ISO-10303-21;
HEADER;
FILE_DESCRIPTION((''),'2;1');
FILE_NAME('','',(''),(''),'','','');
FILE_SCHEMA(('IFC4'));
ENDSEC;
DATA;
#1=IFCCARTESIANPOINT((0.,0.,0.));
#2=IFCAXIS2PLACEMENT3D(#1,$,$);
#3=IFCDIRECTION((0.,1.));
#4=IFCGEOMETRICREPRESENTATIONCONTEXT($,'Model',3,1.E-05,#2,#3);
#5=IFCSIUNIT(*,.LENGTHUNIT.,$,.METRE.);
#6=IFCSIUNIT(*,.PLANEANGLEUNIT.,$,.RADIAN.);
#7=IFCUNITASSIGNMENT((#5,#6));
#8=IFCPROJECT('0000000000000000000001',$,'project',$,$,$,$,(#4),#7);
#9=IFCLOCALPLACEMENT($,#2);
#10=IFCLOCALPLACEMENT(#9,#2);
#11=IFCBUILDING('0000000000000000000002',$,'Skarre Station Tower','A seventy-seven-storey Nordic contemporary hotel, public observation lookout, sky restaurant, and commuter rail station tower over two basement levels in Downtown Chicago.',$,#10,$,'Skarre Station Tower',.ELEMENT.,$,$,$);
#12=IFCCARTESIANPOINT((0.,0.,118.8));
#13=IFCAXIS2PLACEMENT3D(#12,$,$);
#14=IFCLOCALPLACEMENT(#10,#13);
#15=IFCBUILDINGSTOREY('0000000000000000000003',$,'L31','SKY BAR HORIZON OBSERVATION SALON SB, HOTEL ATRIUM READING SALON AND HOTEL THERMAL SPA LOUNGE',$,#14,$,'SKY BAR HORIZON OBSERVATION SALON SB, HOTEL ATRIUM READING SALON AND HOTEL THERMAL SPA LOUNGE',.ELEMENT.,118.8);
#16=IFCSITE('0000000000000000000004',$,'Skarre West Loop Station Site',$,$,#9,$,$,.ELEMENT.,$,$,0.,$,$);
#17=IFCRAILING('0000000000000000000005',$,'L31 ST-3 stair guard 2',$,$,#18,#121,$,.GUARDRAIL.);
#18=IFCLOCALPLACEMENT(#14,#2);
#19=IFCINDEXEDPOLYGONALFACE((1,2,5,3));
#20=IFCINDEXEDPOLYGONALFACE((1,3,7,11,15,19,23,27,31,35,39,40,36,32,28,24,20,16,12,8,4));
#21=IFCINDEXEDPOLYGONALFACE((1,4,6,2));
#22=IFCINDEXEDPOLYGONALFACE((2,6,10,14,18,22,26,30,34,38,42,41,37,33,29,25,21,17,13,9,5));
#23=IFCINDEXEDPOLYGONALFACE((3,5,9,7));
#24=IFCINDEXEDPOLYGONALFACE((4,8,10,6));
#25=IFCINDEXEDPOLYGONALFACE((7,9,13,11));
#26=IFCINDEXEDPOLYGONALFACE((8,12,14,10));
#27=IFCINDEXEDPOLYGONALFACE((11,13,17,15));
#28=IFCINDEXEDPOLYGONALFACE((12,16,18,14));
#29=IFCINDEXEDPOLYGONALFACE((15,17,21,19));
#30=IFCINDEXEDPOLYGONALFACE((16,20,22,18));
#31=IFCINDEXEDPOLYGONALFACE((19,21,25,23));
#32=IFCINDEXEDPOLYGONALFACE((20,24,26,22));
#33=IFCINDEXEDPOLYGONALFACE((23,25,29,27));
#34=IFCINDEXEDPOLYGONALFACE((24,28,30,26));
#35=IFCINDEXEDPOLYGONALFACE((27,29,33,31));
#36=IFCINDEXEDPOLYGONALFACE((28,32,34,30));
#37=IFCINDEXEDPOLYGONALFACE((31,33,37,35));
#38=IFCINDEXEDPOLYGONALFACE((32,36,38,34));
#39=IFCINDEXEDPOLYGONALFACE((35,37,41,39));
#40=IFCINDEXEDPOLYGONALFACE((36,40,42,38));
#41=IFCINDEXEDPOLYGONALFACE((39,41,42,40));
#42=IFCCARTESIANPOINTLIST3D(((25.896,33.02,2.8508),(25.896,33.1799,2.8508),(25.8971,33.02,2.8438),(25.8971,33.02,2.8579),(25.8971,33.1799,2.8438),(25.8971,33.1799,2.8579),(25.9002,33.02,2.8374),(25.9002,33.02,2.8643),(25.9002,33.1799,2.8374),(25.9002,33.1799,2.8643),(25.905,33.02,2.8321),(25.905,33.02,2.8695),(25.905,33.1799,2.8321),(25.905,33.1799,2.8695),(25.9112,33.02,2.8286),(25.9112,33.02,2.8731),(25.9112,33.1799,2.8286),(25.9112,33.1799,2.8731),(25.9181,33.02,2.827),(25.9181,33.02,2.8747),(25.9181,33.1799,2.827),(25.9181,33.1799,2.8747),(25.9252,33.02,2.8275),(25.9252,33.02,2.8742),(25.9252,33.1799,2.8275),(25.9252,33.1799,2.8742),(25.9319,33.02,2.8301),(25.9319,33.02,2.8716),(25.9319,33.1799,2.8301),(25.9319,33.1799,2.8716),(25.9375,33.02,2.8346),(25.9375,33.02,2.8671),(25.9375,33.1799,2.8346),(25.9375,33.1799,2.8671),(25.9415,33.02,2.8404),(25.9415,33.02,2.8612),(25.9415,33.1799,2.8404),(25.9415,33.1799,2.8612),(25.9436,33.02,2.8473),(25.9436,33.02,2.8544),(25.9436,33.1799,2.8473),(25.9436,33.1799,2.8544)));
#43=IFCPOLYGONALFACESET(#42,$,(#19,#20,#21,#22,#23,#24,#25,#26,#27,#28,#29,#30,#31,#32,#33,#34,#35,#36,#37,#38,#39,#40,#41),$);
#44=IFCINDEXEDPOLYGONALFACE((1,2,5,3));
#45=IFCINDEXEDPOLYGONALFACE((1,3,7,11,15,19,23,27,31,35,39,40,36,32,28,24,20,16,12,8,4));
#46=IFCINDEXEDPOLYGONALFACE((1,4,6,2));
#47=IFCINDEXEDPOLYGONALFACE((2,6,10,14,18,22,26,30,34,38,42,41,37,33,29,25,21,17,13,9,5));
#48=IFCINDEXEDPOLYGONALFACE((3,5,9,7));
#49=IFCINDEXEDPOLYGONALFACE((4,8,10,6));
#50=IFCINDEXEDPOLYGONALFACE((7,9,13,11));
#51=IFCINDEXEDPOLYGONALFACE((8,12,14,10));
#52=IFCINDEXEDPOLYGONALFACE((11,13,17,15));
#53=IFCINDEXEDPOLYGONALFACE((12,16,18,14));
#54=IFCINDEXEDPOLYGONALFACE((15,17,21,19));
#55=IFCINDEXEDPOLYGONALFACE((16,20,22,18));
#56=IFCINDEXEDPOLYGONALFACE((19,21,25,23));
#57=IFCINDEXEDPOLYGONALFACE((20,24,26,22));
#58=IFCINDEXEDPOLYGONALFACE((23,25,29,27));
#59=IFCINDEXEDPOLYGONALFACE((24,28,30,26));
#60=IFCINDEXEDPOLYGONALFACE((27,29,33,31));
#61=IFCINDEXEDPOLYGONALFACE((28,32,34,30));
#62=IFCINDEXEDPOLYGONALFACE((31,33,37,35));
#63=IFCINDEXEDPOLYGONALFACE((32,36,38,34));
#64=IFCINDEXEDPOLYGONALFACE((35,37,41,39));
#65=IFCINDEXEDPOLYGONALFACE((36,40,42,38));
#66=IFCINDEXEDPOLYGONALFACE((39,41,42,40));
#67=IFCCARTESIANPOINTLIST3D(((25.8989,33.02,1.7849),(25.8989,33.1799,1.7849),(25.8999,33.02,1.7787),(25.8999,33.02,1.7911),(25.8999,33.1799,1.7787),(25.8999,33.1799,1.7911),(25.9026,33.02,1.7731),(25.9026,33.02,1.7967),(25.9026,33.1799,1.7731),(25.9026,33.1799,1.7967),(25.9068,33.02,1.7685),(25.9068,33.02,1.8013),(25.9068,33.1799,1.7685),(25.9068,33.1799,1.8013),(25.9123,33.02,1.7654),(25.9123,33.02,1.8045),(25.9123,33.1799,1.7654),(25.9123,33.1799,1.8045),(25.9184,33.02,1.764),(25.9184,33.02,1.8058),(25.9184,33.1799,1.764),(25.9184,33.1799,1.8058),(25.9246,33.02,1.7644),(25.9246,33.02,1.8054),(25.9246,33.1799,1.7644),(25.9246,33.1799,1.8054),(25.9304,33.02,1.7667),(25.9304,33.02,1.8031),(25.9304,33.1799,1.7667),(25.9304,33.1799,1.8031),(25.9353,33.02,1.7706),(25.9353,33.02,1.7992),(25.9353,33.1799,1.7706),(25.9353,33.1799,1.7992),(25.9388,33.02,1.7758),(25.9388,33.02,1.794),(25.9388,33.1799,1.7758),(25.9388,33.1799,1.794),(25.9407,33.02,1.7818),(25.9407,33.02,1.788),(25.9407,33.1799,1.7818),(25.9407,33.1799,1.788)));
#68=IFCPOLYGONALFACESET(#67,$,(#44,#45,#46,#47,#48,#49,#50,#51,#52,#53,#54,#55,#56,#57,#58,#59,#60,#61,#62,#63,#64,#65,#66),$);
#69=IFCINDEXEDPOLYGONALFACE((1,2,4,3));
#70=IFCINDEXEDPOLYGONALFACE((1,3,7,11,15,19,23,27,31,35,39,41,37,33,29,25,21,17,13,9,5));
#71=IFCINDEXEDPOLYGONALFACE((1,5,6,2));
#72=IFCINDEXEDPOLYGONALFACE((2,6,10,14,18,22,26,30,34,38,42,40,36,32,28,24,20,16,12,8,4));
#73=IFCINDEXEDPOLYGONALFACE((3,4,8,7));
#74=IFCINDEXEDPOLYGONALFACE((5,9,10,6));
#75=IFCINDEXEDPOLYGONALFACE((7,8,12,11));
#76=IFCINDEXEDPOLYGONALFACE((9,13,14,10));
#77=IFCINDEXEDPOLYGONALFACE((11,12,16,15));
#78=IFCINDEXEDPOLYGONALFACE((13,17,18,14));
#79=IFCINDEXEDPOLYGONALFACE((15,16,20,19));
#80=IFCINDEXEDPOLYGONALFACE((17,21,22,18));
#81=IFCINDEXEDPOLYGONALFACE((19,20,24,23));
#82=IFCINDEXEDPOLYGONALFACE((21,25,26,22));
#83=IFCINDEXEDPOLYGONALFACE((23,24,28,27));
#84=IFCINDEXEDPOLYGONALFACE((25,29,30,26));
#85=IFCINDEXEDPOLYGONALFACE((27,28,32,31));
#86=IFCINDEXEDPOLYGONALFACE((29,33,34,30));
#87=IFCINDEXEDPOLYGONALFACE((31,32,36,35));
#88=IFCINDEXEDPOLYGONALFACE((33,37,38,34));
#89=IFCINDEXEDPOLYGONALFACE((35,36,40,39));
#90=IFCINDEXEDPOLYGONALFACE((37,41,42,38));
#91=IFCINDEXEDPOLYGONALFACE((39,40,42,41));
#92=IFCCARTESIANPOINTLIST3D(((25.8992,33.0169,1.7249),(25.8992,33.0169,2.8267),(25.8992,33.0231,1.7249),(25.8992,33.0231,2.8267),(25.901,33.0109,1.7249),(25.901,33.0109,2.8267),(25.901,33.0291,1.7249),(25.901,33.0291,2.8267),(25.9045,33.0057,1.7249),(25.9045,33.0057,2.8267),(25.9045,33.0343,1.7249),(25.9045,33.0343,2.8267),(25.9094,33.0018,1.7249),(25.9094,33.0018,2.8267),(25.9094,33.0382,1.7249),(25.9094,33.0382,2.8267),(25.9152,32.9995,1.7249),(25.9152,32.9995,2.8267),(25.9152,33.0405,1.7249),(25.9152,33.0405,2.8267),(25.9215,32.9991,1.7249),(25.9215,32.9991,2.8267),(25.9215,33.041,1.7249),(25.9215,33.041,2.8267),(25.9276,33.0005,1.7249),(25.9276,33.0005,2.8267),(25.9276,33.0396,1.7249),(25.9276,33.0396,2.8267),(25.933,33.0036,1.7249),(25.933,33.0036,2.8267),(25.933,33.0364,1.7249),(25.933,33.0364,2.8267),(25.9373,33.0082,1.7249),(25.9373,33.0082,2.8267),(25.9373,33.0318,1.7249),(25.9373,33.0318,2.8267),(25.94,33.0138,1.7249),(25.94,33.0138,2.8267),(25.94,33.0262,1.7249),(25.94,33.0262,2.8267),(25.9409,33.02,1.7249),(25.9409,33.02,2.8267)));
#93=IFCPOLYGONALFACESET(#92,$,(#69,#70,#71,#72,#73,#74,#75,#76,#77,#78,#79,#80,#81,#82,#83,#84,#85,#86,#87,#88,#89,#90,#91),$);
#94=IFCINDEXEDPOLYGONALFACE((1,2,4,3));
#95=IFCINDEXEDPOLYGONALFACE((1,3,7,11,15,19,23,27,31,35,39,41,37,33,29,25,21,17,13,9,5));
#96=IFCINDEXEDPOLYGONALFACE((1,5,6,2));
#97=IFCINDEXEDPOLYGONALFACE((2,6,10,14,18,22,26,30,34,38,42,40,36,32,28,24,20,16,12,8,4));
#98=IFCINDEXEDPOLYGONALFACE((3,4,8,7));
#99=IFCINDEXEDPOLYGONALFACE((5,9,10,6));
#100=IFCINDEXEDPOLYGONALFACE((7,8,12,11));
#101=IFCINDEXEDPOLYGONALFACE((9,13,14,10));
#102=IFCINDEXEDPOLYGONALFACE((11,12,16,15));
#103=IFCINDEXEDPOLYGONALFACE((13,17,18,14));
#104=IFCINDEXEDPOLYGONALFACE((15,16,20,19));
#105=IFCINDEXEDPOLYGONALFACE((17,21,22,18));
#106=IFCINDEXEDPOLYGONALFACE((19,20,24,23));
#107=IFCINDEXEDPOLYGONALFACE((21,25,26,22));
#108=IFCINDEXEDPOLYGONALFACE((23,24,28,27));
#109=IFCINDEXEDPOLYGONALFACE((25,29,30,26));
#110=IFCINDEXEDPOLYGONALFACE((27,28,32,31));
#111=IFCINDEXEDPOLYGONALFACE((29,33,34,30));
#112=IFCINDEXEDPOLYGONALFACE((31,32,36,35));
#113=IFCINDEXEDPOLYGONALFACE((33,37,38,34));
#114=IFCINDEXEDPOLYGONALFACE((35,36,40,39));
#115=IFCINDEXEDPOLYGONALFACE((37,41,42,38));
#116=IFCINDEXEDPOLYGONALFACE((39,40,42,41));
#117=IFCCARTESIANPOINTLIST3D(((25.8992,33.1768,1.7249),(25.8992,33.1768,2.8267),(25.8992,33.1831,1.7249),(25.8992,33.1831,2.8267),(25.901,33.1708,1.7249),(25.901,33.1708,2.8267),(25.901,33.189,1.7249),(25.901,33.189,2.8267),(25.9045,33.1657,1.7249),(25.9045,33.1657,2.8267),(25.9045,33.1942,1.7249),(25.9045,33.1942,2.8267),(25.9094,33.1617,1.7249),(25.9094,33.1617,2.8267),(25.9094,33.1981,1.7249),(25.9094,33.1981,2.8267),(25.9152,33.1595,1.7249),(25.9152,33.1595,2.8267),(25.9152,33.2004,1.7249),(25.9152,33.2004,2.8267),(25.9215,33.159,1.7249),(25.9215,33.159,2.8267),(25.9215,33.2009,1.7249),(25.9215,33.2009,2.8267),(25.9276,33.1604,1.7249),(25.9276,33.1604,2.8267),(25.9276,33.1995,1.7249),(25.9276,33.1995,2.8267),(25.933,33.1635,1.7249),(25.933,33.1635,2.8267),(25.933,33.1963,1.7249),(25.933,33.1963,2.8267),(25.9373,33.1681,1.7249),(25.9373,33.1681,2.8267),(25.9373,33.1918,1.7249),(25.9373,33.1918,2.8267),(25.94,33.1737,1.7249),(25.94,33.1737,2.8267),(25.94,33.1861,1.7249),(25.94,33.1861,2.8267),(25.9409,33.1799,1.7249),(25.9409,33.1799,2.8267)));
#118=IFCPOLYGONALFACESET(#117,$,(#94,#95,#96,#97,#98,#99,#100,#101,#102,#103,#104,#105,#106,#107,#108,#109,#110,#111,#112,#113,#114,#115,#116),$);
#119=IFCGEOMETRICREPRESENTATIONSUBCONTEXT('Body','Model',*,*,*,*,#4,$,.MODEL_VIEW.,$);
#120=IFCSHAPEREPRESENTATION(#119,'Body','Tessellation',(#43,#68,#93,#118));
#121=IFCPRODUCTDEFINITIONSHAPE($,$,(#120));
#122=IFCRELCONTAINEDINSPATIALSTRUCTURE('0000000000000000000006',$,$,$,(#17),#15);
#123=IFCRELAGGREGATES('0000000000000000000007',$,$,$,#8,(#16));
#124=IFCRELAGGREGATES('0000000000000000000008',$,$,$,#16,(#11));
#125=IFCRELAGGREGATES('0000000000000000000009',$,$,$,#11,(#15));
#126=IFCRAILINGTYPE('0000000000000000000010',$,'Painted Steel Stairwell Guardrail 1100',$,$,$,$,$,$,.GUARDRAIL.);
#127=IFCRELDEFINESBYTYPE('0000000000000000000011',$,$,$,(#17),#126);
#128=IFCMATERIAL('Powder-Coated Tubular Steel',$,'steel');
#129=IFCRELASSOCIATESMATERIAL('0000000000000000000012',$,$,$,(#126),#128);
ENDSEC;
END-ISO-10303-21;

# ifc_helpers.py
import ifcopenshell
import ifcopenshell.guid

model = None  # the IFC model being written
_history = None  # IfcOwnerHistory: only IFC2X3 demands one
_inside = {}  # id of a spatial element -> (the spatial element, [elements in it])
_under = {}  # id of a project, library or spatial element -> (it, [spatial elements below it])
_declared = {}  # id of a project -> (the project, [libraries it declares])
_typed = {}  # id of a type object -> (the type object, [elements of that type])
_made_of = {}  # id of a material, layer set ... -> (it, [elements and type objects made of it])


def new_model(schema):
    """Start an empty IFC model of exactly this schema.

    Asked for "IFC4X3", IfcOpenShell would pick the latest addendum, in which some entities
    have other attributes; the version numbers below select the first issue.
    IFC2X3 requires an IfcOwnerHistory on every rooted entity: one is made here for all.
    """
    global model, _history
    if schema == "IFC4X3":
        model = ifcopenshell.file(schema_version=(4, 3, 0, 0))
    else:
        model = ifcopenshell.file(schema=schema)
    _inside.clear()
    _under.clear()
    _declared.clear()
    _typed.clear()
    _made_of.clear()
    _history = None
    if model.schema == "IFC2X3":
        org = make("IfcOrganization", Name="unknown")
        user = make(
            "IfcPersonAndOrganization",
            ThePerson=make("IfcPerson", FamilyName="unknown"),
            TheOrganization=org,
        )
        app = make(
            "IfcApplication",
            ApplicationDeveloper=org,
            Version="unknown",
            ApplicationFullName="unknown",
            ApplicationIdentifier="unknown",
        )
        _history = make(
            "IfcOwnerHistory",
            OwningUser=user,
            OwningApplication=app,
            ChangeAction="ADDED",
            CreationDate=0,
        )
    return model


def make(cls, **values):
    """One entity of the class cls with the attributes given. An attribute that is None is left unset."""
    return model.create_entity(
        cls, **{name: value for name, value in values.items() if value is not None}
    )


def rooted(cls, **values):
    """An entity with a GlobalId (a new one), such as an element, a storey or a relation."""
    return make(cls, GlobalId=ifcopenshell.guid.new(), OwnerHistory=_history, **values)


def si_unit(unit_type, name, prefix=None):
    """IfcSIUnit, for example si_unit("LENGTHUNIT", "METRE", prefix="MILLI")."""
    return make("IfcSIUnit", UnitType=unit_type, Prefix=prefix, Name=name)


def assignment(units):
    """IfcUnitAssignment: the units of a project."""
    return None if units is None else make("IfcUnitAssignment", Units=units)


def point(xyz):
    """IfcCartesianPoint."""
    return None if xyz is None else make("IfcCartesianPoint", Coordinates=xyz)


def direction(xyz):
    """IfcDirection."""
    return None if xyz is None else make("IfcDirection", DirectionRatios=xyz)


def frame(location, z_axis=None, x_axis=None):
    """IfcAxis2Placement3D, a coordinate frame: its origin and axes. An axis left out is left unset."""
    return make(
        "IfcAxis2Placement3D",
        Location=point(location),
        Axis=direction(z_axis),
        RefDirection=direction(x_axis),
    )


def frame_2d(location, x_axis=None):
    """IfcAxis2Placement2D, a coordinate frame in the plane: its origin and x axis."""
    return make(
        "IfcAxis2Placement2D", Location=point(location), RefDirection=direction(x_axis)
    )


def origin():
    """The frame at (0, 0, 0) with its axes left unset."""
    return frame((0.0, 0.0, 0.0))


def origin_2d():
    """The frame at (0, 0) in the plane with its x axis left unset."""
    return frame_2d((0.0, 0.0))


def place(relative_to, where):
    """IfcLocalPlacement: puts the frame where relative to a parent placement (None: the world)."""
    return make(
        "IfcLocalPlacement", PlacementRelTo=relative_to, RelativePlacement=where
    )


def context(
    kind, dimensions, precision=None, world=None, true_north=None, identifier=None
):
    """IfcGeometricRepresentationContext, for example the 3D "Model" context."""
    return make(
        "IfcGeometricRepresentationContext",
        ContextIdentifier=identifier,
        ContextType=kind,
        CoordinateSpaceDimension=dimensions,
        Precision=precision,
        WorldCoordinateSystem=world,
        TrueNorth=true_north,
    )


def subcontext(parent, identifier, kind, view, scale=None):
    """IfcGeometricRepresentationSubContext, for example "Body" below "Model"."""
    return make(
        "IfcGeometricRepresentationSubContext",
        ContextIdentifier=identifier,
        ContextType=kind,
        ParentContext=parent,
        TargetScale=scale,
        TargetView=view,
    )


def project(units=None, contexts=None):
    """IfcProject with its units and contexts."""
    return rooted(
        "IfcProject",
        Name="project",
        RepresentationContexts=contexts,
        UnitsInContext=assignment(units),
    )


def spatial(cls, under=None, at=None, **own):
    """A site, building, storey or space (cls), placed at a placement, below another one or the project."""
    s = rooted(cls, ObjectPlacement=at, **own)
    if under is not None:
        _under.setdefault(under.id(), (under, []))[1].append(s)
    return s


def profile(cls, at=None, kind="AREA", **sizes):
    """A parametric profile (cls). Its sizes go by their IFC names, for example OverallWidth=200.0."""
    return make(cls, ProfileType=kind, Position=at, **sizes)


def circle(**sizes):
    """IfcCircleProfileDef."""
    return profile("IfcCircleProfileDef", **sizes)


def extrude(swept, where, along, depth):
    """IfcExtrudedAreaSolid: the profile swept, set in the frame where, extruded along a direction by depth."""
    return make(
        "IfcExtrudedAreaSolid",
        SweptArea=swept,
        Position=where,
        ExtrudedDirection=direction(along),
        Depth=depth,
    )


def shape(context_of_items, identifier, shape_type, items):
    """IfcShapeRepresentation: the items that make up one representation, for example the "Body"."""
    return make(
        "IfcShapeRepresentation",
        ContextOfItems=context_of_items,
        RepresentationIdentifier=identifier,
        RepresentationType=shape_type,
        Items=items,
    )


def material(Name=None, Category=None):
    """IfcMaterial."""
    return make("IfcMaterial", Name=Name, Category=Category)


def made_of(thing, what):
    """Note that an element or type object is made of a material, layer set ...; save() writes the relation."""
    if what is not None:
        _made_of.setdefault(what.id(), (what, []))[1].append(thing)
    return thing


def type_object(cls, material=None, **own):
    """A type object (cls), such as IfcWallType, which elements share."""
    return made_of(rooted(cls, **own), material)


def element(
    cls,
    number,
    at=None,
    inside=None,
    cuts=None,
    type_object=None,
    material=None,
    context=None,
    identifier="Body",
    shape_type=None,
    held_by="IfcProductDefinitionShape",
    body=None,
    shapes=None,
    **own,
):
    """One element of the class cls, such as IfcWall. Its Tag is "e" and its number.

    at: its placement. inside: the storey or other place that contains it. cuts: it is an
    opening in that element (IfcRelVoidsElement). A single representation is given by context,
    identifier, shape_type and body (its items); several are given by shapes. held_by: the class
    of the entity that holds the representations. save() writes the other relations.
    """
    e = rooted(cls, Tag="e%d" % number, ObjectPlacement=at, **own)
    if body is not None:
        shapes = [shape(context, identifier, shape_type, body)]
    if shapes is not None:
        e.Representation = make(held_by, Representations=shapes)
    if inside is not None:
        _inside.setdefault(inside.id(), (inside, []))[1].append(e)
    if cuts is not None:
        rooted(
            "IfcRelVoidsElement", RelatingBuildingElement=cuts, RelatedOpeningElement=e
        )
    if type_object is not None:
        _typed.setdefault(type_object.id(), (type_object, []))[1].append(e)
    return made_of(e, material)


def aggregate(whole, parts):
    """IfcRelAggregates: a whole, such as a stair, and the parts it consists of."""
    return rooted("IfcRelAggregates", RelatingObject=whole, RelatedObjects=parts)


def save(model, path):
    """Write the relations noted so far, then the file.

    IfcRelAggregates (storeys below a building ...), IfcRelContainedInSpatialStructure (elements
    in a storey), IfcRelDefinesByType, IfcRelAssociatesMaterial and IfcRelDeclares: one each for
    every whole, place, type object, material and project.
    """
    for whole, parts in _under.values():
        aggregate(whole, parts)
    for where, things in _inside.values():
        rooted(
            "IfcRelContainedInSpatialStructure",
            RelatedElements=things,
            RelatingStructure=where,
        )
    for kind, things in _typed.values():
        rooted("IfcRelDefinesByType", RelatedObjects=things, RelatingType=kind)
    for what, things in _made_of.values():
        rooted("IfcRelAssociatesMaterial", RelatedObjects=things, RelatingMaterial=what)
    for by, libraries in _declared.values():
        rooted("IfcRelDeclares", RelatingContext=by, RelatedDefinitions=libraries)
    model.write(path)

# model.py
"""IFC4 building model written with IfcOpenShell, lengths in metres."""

from ifc_helpers import new_model, si_unit, direction, frame, origin, origin_2d, place, context, subcontext, project, spatial, circle, extrude, material, type_object, element, save


model = new_model("IFC4")

# Units and contexts
model_context = context("Model", 3, precision=1e-05, world=origin(), true_north=direction((0.0, 1.0)))
body_context = subcontext(model_context, "Body", "Model", "MODEL_VIEW")
ifc_project = project(units=[si_unit("LENGTHUNIT", "METRE"), si_unit("PLANEANGLEUNIT", "RADIAN")], contexts=[model_context])

# Site, building, storey
site_placement = place(None, origin())
site = spatial("IfcSite", under=ifc_project, at=site_placement, Name="Skarre West Loop Station Site", CompositionType="ELEMENT", RefElevation=0.0)
building_placement = place(site_placement, origin())
building = spatial("IfcBuilding", under=site, at=building_placement, Name="Skarre Station Tower", Description="A seventy-seven-storey Nordic contemporary hotel, public observation lookout, sky restaurant, and commuter rail station tower over two basement levels in Downtown Chicago.", LongName="Skarre Station Tower", CompositionType="ELEMENT")
storey_placement = place(building_placement, frame((0.0, 0.0, 118.8)))
storey = spatial("IfcBuildingStorey", under=building, at=storey_placement, Name="L31", Description="SKY BAR HORIZON OBSERVATION SALON SB, HOTEL ATRIUM READING SALON AND HOTEL THERMAL SPA LOUNGE", LongName="SKY BAR HORIZON OBSERVATION SALON SB, HOTEL ATRIUM READING SALON AND HOTEL THERMAL SPA LOUNGE", CompositionType="ELEMENT", Elevation=118.8)

# Railing
ifc_material_1 = material(Name="Powder-Coated Tubular Steel", Category="steel")
railing_type = type_object("IfcRailingType", Name="Painted Steel Stairwell Guardrail 1100", PredefinedType="GUARDRAIL", material=ifc_material_1)
railing_1_placement = place(storey_placement, frame((25.9199, 33.02, 1.7249)))
element("IfcRailing", 1, at=railing_1_placement, inside=storey, type_object=railing_type, Name="L31 ST-3 stair guard 2", PredefinedType="GUARDRAIL", context=body_context, shape_type="SweptSolid", body=[
    extrude(circle(Radius=0.0239, at=origin_2d()), frame((0.0, 0.0, 1.126), z_axis=(0.0, 1.0, 0.0), x_axis=(-1.0, 0.0, 0.0)), (0.0, 0.0, 1.0), 0.1599),
    extrude(circle(Radius=0.021, at=origin_2d()), frame((0.0, 0.0, 0.0601), z_axis=(0.0, 1.0, 0.0), x_axis=(-1.0, 0.0, 0.0)), (0.0, 0.0, 1.0), 0.1599),
    extrude(circle(Radius=0.021, at=origin_2d()), origin(), (0.0, 0.0, 1.0), 1.1018),
    extrude(circle(Radius=0.021, at=origin_2d()), frame((0.0, 0.1599, 0.0)), (0.0, 0.0, 1.0), 1.1018),
])

save(model, "model.ifc")
